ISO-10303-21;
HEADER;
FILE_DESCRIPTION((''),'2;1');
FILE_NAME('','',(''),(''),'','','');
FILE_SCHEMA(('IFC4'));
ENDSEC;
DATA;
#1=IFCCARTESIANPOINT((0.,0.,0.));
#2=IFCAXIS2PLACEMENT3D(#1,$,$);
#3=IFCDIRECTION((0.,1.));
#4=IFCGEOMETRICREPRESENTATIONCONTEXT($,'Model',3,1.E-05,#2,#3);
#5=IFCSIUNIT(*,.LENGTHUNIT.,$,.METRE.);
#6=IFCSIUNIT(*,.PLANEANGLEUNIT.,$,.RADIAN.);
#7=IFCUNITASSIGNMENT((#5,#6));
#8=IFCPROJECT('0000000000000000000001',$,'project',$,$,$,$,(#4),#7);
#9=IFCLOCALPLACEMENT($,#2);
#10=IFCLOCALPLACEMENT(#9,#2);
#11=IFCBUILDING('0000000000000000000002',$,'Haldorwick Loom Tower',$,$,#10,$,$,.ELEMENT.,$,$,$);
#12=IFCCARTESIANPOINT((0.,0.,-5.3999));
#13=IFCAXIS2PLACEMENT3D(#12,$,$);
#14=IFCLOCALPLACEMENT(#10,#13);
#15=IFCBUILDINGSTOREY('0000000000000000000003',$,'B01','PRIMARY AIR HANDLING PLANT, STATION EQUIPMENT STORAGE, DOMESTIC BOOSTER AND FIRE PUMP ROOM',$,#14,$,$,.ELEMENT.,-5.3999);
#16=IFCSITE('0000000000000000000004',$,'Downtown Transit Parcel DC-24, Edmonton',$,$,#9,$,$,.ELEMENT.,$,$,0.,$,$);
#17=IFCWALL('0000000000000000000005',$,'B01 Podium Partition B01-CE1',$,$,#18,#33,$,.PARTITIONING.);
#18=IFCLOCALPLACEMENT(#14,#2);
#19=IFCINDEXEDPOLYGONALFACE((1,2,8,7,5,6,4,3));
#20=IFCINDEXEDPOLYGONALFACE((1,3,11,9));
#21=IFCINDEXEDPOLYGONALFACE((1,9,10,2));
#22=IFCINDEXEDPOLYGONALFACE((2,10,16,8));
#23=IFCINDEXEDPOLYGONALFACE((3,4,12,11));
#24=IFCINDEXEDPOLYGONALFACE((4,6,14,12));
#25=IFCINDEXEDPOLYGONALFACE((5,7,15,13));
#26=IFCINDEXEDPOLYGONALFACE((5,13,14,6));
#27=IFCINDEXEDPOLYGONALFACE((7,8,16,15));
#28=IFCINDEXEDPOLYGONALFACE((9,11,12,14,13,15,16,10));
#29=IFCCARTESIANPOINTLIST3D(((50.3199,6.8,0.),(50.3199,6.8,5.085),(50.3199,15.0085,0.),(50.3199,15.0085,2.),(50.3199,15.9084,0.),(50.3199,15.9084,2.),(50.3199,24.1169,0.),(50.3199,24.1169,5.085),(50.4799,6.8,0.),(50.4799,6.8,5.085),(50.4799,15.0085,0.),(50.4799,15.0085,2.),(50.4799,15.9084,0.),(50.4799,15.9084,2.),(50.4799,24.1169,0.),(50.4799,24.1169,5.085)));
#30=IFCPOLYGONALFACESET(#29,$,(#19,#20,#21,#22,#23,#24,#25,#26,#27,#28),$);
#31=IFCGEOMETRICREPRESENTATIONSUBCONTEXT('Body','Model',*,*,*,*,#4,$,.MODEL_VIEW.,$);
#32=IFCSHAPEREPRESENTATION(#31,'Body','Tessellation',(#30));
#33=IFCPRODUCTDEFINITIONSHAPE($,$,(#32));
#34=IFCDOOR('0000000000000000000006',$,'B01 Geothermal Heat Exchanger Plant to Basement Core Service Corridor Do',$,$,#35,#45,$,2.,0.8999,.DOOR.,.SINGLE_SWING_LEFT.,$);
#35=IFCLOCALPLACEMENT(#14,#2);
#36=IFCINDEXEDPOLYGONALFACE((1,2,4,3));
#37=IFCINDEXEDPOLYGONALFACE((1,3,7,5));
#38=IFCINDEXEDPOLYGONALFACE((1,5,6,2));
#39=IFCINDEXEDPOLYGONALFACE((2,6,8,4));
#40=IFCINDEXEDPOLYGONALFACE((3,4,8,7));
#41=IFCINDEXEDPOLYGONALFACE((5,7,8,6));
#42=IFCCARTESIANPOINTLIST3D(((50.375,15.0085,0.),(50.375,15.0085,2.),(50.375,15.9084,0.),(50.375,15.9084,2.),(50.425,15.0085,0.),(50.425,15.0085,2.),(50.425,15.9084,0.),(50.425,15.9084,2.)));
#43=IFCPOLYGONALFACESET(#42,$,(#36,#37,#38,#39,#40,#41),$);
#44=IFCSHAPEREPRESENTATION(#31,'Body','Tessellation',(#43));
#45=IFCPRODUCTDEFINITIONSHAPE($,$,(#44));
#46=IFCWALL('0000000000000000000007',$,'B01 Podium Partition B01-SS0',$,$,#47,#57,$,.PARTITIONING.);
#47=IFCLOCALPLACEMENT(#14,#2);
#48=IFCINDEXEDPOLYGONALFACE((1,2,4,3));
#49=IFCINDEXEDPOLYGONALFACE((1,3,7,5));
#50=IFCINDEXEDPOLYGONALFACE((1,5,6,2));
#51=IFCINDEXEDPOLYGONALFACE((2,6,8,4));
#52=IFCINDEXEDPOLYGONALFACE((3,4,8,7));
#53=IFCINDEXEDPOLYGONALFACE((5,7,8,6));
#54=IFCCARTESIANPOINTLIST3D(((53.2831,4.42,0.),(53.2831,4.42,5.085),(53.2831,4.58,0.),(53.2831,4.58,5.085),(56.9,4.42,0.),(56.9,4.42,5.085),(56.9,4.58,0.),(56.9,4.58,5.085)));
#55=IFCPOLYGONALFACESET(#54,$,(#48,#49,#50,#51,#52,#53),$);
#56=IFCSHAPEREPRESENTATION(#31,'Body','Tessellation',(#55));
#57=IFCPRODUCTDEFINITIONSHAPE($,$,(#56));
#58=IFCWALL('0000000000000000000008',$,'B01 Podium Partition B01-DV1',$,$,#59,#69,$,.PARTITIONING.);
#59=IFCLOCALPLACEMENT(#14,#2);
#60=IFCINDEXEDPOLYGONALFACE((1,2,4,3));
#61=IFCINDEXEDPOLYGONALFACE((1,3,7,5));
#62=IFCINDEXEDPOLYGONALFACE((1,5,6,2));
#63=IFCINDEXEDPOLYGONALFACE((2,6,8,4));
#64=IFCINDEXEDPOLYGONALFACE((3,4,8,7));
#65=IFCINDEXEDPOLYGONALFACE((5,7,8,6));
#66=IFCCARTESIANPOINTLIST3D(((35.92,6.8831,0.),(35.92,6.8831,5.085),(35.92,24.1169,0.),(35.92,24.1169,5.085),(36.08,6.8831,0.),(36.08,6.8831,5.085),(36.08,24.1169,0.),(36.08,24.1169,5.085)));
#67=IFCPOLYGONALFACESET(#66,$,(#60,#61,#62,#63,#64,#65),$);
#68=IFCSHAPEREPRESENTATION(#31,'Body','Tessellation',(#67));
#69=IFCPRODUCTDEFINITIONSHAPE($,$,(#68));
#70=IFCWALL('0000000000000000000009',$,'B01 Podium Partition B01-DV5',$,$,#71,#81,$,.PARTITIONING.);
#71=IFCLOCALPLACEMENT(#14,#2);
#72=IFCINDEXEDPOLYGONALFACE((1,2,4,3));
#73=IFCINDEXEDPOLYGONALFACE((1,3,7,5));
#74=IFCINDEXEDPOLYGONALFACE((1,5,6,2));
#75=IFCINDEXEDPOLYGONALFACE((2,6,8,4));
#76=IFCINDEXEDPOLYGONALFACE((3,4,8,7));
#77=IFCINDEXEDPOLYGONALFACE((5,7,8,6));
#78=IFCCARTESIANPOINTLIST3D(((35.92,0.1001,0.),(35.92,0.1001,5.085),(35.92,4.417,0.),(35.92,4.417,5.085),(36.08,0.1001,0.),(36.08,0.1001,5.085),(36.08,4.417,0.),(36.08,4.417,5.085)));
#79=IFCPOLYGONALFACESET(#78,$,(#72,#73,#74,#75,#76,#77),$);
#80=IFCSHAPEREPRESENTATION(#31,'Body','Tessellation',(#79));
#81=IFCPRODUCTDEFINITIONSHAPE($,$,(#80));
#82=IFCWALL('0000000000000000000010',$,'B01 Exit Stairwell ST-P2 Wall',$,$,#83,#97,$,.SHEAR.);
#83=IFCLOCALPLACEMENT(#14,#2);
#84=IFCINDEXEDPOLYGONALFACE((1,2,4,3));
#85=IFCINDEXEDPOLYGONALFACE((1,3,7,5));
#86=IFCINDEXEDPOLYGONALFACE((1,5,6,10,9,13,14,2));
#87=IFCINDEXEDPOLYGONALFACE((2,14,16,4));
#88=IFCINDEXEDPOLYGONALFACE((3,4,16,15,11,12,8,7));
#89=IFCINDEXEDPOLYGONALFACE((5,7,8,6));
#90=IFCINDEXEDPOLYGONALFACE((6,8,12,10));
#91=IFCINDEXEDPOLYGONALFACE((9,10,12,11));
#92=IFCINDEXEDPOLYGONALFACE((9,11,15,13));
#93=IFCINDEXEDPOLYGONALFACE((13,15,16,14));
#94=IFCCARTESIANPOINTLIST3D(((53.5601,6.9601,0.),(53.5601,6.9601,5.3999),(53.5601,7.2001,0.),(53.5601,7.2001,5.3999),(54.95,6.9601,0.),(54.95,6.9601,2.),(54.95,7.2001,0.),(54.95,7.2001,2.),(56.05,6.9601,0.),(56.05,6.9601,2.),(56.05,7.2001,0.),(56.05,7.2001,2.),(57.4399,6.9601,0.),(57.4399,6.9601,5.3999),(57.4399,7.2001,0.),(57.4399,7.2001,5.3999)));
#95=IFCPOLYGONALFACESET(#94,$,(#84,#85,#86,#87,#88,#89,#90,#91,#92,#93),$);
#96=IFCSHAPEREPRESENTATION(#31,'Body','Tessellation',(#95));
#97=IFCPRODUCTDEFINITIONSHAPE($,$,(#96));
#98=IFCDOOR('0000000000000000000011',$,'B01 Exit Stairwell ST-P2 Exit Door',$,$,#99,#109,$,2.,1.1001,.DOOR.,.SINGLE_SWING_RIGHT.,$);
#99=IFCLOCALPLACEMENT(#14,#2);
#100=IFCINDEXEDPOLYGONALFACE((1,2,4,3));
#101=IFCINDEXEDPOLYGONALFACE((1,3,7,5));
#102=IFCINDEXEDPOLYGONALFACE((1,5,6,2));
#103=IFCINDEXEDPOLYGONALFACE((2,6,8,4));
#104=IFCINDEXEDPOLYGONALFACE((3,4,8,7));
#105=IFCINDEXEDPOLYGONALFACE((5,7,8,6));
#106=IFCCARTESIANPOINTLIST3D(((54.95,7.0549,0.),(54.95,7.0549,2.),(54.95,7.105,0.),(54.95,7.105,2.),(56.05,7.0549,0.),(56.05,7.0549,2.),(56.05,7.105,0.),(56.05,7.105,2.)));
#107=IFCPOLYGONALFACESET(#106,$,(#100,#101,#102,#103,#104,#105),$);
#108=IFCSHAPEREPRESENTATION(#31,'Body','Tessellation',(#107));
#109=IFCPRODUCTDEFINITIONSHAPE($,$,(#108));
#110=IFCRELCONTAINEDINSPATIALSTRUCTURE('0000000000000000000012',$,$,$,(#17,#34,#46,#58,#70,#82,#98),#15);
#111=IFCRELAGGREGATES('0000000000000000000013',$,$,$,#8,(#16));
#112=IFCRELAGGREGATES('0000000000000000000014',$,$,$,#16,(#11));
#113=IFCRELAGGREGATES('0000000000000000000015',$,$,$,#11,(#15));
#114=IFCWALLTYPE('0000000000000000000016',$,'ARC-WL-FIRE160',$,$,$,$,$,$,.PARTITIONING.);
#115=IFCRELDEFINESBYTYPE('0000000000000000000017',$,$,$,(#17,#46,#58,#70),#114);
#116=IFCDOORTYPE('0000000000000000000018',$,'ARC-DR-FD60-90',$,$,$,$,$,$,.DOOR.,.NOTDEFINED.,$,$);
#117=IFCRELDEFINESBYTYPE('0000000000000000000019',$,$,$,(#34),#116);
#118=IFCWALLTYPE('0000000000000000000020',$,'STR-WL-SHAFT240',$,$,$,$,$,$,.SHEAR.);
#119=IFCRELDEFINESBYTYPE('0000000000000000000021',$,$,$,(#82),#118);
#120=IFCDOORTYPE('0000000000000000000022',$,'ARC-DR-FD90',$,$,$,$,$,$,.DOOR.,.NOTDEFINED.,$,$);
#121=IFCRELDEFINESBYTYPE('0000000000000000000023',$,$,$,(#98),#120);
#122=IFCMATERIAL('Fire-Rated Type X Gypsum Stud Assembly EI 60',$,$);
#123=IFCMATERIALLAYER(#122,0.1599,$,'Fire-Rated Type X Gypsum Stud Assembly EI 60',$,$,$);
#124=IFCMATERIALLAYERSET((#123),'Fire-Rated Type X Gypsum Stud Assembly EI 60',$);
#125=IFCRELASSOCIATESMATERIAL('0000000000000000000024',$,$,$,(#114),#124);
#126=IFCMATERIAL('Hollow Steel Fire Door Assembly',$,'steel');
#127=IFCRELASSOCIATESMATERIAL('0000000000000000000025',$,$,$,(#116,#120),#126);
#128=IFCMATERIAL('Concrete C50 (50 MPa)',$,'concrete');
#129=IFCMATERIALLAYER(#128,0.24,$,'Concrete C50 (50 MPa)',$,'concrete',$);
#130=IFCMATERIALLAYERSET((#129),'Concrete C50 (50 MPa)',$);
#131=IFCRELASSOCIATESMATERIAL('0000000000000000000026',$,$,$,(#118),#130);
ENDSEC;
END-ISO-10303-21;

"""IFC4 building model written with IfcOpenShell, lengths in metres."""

from ifc_helpers import new_model, si_unit, direction, frame, frame_2d, origin, place, context, subcontext, project, spatial, rectangle, extrude, material, layer, layer_set, type_object, element, fill, save


model = new_model("IFC4")

# Units and contexts
model_context = context("Model", 3, precision=1e-05, world=origin(), true_north=direction((0.0, 1.0)))
body_context = subcontext(model_context, "Body", "Model", "MODEL_VIEW")
ifc_project = project(units=[si_unit("LENGTHUNIT", "METRE"), si_unit("PLANEANGLEUNIT", "RADIAN")], contexts=[model_context])

# Site, building, storey
site_placement = place(None, origin())
site = spatial("IfcSite", under=ifc_project, at=site_placement, Name="Downtown Transit Parcel DC-24, Edmonton", CompositionType="ELEMENT", RefElevation=0.0)
building_placement = place(site_placement, origin())
building = spatial("IfcBuilding", under=site, at=building_placement, Name="Haldorwick Loom Tower", CompositionType="ELEMENT")
storey_placement = place(building_placement, frame((0.0, 0.0, -5.3999)))
storey = spatial("IfcBuildingStorey", under=building, at=storey_placement, Name="B01", Description="PRIMARY AIR HANDLING PLANT, STATION EQUIPMENT STORAGE, DOMESTIC BOOSTER AND FIRE PUMP ROOM", CompositionType="ELEMENT", Elevation=-5.3999)

# Shared definitions
ifc_material_1 = material(Name="Concrete C50 (50 MPa)", Category="concrete")

# Wall, opening, door
ifc_material_2 = material(Name="Fire-Rated Type X Gypsum Stud Assembly EI 60")
ifc_layer_1 = layer(ifc_material_2, 0.1599, Name="Fire-Rated Type X Gypsum Stud Assembly EI 60")
ifc_layer_set_1 = layer_set([ifc_layer_1], Name="Fire-Rated Type X Gypsum Stud Assembly EI 60")
wall_type_1 = type_object("IfcWallType", Name="ARC-WL-FIRE160", PredefinedType="PARTITIONING", material=ifc_layer_set_1)
ifc_material_3 = material(Name="Hollow Steel Fire Door Assembly", Category="steel")
door_type_1 = type_object("IfcDoorType", Name="ARC-DR-FD60-90", OperationType="NOTDEFINED", PredefinedType="DOOR", material=ifc_material_3)
wall_1_placement = place(storey_placement, frame((50.3999, 6.8, 0.0), z_axis=(0.0, 0.0, 1.0), x_axis=(0.0, 1.0, 0.0)))
wall_1 = element("IfcWall", 1, at=wall_1_placement, inside=storey, type_object=wall_type_1, Name="B01 Podium Partition B01-CE1", PredefinedType="PARTITIONING", context=body_context, shape_type="SweptSolid", body=[
    extrude(rectangle(XDim=17.3169, YDim=0.1599, at=frame_2d((8.6584, 0.0))), origin(), (0.0, 0.0, 1.0), 5.085),
])
opening_1_placement = place(wall_1_placement, frame((8.2085, 0.0, 0.0)))
opening_1 = element("IfcOpeningElement", 2, at=opening_1_placement, cuts=wall_1, PredefinedType="OPENING", context=body_context, shape_type="SweptSolid", body=[
    extrude(rectangle(XDim=0.8999, YDim=2.0, at=frame_2d((0.45, 1.0))), frame((0.0, 0.0898, 0.0), z_axis=(0.0, -1.0, 0.0), x_axis=(1.0, 0.0, 0.0)), (0.0, 0.0, 1.0), 0.1799),
])
door_1_placement = place(opening_1_placement, origin())
door_1 = element("IfcDoor", 3, at=door_1_placement, inside=storey, type_object=door_type_1, Name="B01 Geothermal Heat Exchanger Plant to Basement Core Service Corridor Do", OperationType="SINGLE_SWING_LEFT", OverallHeight=2.0, OverallWidth=0.8999, PredefinedType="DOOR", context=body_context, shape_type="SweptSolid", body=[
    extrude(rectangle(XDim=0.8999, YDim=2.0, at=frame_2d((0.45, 1.0))), frame((0.0, 0.0249, 0.0), z_axis=(0.0, -1.0, 0.0), x_axis=(1.0, 0.0, 0.0)), (0.0, 0.0, 1.0), 0.05),
])
fill(opening_1, door_1)

# Walls
wall_2_placement = place(storey_placement, frame((53.283, 4.5, 0.0), z_axis=(0.0, 0.0, 1.0), x_axis=(1.0, 0.0, 0.0)))
element("IfcWall", 4, at=wall_2_placement, inside=storey, type_object=wall_type_1, Name="B01 Podium Partition B01-SS0", PredefinedType="PARTITIONING", context=body_context, shape_type="SweptSolid", body=[
    extrude(rectangle(XDim=3.6169, YDim=0.1599, at=frame_2d((1.8086, 0.0))), origin(), (0.0, 0.0, 1.0), 5.085),
])
wall_3_placement = place(storey_placement, frame((36.0, 6.8831, 0.0), z_axis=(0.0, 0.0, 1.0), x_axis=(0.0, 1.0, 0.0)))
element("IfcWall", 5, at=wall_3_placement, inside=storey, type_object=wall_type_1, Name="B01 Podium Partition B01-DV1", PredefinedType="PARTITIONING", context=body_context, shape_type="SweptSolid", body=[
    extrude(rectangle(XDim=17.2339, YDim=0.1599, at=frame_2d((8.6169, 0.0))), origin(), (0.0, 0.0, 1.0), 5.085),
])
wall_4_placement = place(storey_placement, frame((36.0, 0.1001, 0.0), z_axis=(0.0, 0.0, 1.0), x_axis=(0.0, 1.0, 0.0)))
element("IfcWall", 6, at=wall_4_placement, inside=storey, type_object=wall_type_1, Name="B01 Podium Partition B01-DV5", PredefinedType="PARTITIONING", context=body_context, shape_type="SweptSolid", body=[
    extrude(rectangle(XDim=4.3169, YDim=0.1599, at=frame_2d((2.1584, 0.0))), origin(), (0.0, 0.0, 1.0), 5.085),
])

# Wall, opening, door
ifc_layer_2 = layer(ifc_material_1, 0.24, Name="Concrete C50 (50 MPa)", Category="concrete")
ifc_layer_set_2 = layer_set([ifc_layer_2], Name="Concrete C50 (50 MPa)")
wall_type_2 = type_object("IfcWallType", Name="STR-WL-SHAFT240", PredefinedType="SHEAR", material=ifc_layer_set_2)
wall_5_placement = place(storey_placement, frame((53.5601, 7.0801, 0.0), z_axis=(0.0, 0.0, 1.0), x_axis=(1.0, 0.0, 0.0)))
wall_5 = element("IfcWall", 7, at=wall_5_placement, inside=storey, type_object=wall_type_2, Name="B01 Exit Stairwell ST-P2 Wall", PredefinedType="SHEAR", context=body_context, shape_type="SweptSolid", body=[
    extrude(rectangle(XDim=3.8799, YDim=0.24, at=frame_2d((1.9399, 0.0))), origin(), (0.0, 0.0, 1.0), 5.3999),
])
opening_2_placement = place(wall_5_placement, frame((1.3899, 0.0, 0.0)))
opening_2 = element("IfcOpeningElement", 8, at=opening_2_placement, cuts=wall_5, PredefinedType="OPENING", context=body_context, shape_type="SweptSolid", body=[
    extrude(rectangle(XDim=1.1001, YDim=2.0, at=frame_2d((0.55, 1.0))), frame((0.0, 0.1299, 0.0), z_axis=(0.0, -1.0, 0.0), x_axis=(1.0, 0.0, 0.0)), (0.0, 0.0, 1.0), 0.26),
])
door_type_2 = type_object("IfcDoorType", Name="ARC-DR-FD90", OperationType="NOTDEFINED", PredefinedType="DOOR", material=ifc_material_3)
door_2_placement = place(opening_2_placement, origin())
door_2 = element("IfcDoor", 9, at=door_2_placement, inside=storey, type_object=door_type_2, Name="B01 Exit Stairwell ST-P2 Exit Door", OperationType="SINGLE_SWING_RIGHT", OverallHeight=2.0, OverallWidth=1.1001, PredefinedType="DOOR", context=body_context, shape_type="SweptSolid", body=[
    extrude(rectangle(XDim=1.1001, YDim=2.0, at=frame_2d((0.55, 1.0))), frame((0.0, 0.0249, 0.0), z_axis=(0.0, -1.0, 0.0), x_axis=(1.0, 0.0, 0.0)), (0.0, 0.0, 1.0), 0.05),
])
fill(opening_2, door_2)

save(model, "model.ifc")
